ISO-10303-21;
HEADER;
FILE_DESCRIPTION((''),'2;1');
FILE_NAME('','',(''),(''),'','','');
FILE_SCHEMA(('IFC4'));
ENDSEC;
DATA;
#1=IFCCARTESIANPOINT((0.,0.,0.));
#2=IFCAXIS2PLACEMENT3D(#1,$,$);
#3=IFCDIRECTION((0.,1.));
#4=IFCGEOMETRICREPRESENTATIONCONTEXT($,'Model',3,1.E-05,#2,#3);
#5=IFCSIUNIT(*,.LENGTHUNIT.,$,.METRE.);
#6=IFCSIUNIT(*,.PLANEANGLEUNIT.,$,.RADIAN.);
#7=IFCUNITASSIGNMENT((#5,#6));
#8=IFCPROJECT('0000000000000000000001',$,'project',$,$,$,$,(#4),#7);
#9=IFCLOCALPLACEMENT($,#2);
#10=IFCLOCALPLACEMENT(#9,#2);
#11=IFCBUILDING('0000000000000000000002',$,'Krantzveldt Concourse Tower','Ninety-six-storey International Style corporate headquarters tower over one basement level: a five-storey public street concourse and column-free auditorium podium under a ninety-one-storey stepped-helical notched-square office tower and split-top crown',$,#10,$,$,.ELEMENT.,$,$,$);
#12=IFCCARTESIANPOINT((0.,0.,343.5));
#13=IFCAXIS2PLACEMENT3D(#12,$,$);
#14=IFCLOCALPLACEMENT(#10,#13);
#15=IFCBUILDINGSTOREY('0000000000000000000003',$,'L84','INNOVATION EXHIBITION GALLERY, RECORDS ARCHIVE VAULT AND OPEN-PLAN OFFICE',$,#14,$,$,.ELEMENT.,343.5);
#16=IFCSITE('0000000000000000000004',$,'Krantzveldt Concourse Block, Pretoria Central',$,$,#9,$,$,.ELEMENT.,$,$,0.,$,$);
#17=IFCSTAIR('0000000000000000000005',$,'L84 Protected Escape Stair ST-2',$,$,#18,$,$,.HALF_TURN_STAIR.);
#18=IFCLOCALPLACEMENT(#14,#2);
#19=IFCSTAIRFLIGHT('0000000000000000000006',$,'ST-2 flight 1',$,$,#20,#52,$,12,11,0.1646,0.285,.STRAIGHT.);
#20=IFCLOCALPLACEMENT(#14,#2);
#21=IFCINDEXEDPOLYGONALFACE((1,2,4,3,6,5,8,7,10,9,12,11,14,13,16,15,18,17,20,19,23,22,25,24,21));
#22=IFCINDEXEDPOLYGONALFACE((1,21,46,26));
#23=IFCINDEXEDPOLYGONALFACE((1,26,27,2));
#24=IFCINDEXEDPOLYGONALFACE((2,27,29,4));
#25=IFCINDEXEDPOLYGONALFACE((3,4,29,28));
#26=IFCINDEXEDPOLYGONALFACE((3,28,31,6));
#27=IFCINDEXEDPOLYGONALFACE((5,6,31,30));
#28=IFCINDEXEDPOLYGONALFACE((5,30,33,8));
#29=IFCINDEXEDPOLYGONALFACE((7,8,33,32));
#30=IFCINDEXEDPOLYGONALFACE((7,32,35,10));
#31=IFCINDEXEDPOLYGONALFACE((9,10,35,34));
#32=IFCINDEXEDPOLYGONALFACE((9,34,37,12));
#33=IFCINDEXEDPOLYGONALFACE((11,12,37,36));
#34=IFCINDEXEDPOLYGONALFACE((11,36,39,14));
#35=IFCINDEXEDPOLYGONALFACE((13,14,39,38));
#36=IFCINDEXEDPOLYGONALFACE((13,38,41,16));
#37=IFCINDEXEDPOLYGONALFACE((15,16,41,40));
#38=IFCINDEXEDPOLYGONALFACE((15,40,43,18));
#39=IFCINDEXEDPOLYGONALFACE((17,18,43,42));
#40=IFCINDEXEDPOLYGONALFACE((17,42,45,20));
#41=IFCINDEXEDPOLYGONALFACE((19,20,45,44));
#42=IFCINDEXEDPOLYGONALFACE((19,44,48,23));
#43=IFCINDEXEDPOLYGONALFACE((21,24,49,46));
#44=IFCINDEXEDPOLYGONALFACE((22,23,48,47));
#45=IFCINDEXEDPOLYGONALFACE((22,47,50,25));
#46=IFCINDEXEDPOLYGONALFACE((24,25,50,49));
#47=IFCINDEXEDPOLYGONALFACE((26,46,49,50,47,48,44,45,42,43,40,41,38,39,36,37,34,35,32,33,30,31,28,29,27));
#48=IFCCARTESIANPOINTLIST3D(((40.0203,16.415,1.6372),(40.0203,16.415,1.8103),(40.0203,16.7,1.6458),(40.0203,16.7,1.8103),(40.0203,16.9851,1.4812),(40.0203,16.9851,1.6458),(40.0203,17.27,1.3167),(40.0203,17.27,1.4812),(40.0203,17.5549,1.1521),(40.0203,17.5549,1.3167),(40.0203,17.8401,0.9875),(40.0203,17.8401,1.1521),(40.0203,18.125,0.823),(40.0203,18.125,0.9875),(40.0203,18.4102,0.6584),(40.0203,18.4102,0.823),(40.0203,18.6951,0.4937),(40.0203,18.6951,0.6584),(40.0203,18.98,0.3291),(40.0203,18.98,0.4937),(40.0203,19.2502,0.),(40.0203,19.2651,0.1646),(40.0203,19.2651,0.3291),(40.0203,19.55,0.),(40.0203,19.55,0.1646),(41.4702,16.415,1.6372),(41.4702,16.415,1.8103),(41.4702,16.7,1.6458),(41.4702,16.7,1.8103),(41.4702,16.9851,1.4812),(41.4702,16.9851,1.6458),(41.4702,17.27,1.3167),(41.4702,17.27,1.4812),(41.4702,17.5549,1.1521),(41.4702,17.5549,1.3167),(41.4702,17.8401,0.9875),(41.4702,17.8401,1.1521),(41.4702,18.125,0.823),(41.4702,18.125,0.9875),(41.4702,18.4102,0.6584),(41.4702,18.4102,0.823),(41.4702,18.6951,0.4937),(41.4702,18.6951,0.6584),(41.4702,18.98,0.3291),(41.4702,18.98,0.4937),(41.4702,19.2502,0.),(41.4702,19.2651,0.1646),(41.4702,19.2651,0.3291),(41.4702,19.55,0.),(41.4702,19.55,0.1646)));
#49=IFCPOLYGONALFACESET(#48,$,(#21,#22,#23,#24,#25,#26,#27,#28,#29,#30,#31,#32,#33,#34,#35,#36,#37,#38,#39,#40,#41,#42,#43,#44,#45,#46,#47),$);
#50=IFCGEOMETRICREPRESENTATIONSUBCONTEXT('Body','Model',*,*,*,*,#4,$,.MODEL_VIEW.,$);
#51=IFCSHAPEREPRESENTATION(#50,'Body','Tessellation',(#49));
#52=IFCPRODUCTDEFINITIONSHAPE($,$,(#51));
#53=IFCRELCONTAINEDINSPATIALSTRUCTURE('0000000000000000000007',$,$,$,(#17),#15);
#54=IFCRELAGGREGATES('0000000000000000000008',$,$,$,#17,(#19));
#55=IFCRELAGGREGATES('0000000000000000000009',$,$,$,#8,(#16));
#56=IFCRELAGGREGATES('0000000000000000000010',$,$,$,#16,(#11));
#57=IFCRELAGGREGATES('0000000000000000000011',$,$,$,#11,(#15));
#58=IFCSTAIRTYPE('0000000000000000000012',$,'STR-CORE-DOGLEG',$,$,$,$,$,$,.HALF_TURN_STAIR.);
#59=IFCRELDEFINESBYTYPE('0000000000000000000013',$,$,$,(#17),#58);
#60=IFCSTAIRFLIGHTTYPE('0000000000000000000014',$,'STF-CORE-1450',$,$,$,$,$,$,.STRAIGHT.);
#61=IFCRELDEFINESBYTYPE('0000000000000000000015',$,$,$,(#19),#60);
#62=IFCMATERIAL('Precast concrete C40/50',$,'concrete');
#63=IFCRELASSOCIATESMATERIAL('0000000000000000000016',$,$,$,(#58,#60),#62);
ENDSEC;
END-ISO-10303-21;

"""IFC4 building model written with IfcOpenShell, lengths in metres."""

from ifc_helpers import new_model, si_unit, direction, frame, origin, place, context, subcontext, project, spatial, polyline, outline, extrude, material, type_object, element, aggregate, save


model = new_model("IFC4")

# Units and contexts
model_context = context("Model", 3, precision=1e-05, world=origin(), true_north=direction((0.0, 1.0)))
body_context = subcontext(model_context, "Body", "Model", "MODEL_VIEW")
ifc_project = project(units=[si_unit("LENGTHUNIT", "METRE"), si_unit("PLANEANGLEUNIT", "RADIAN")], contexts=[model_context])

# Site, building, storey
site_placement = place(None, origin())
site = spatial("IfcSite", under=ifc_project, at=site_placement, Name="Krantzveldt Concourse Block, Pretoria Central", CompositionType="ELEMENT", RefElevation=0.0)
building_placement = place(site_placement, origin())
building = spatial("IfcBuilding", under=site, at=building_placement, Name="Krantzveldt Concourse Tower", Description="Ninety-six-storey International Style corporate headquarters tower over one basement level: a five-storey public street concourse and column-free auditorium podium under a ninety-one-storey stepped-helical notched-square office tower and split-top crown", CompositionType="ELEMENT")
storey_placement = place(building_placement, frame((0.0, 0.0, 343.5)))
storey = spatial("IfcBuildingStorey", under=building, at=storey_placement, Name="L84", Description="INNOVATION EXHIBITION GALLERY, RECORDS ARCHIVE VAULT AND OPEN-PLAN OFFICE", CompositionType="ELEMENT", Elevation=343.5)

# Stair, stair flight
ifc_material_1 = material(Name="Precast concrete C40/50", Category="concrete")
stair_type = type_object("IfcStairType", Name="STR-CORE-DOGLEG", PredefinedType="HALF_TURN_STAIR", material=ifc_material_1)
stair_placement = place(storey_placement, origin())
stair = element("IfcStair", 1, at=stair_placement, inside=storey, type_object=stair_type, Name="L84 Protected Escape Stair ST-2", PredefinedType="HALF_TURN_STAIR")
stair_flight_type = type_object("IfcStairFlightType", Name="STF-CORE-1450", PredefinedType="STRAIGHT", material=ifc_material_1)
stair_flight_placement = place(storey_placement, frame((40.7451, 19.55, 0.0), z_axis=(0.0, 0.0, 1.0), x_axis=(0.0, -1.0, 0.0)))
stair_flight = element("IfcStairFlight", 2, at=stair_flight_placement, type_object=stair_flight_type, Name="ST-2 flight 1", NumberOfRisers=12, NumberOfTreads=11, PredefinedType="STRAIGHT", RiserHeight=0.1646, TreadLength=0.285, context=body_context, shape_type="SweptSolid", body=[
    extrude(outline(polyline([(0.0, 0.0), (0.0, 0.1646), (0.2849, 0.1646), (0.2849, 0.3291), (0.5701, 0.3291), (0.5701, 0.4937), (0.855, 0.4937), (0.855, 0.6584), (1.1399, 0.6584), (1.1399, 0.823), (1.425, 0.823), (1.425, 0.9875), (1.71, 0.9875), (1.71, 1.1521), (1.9951, 1.1521), (1.9951, 1.3167), (2.28, 1.3167), (2.28, 1.4812), (2.5649, 1.4812), (2.5649, 1.6458), (2.8501, 1.6458), (2.8501, 1.8103), (3.135, 1.8103), (3.135, 1.9751), (3.135, 1.6372), (0.2998, 0.0), (0.0, 0.0)])), frame((0.0, 0.7251, 0.0), z_axis=(0.0, -1.0, 0.0), x_axis=(1.0, 0.0, 0.0)), (0.0, 0.0, 1.0), 1.45),
])
aggregate(stair, [stair_flight])

save(model, "model.ifc")
